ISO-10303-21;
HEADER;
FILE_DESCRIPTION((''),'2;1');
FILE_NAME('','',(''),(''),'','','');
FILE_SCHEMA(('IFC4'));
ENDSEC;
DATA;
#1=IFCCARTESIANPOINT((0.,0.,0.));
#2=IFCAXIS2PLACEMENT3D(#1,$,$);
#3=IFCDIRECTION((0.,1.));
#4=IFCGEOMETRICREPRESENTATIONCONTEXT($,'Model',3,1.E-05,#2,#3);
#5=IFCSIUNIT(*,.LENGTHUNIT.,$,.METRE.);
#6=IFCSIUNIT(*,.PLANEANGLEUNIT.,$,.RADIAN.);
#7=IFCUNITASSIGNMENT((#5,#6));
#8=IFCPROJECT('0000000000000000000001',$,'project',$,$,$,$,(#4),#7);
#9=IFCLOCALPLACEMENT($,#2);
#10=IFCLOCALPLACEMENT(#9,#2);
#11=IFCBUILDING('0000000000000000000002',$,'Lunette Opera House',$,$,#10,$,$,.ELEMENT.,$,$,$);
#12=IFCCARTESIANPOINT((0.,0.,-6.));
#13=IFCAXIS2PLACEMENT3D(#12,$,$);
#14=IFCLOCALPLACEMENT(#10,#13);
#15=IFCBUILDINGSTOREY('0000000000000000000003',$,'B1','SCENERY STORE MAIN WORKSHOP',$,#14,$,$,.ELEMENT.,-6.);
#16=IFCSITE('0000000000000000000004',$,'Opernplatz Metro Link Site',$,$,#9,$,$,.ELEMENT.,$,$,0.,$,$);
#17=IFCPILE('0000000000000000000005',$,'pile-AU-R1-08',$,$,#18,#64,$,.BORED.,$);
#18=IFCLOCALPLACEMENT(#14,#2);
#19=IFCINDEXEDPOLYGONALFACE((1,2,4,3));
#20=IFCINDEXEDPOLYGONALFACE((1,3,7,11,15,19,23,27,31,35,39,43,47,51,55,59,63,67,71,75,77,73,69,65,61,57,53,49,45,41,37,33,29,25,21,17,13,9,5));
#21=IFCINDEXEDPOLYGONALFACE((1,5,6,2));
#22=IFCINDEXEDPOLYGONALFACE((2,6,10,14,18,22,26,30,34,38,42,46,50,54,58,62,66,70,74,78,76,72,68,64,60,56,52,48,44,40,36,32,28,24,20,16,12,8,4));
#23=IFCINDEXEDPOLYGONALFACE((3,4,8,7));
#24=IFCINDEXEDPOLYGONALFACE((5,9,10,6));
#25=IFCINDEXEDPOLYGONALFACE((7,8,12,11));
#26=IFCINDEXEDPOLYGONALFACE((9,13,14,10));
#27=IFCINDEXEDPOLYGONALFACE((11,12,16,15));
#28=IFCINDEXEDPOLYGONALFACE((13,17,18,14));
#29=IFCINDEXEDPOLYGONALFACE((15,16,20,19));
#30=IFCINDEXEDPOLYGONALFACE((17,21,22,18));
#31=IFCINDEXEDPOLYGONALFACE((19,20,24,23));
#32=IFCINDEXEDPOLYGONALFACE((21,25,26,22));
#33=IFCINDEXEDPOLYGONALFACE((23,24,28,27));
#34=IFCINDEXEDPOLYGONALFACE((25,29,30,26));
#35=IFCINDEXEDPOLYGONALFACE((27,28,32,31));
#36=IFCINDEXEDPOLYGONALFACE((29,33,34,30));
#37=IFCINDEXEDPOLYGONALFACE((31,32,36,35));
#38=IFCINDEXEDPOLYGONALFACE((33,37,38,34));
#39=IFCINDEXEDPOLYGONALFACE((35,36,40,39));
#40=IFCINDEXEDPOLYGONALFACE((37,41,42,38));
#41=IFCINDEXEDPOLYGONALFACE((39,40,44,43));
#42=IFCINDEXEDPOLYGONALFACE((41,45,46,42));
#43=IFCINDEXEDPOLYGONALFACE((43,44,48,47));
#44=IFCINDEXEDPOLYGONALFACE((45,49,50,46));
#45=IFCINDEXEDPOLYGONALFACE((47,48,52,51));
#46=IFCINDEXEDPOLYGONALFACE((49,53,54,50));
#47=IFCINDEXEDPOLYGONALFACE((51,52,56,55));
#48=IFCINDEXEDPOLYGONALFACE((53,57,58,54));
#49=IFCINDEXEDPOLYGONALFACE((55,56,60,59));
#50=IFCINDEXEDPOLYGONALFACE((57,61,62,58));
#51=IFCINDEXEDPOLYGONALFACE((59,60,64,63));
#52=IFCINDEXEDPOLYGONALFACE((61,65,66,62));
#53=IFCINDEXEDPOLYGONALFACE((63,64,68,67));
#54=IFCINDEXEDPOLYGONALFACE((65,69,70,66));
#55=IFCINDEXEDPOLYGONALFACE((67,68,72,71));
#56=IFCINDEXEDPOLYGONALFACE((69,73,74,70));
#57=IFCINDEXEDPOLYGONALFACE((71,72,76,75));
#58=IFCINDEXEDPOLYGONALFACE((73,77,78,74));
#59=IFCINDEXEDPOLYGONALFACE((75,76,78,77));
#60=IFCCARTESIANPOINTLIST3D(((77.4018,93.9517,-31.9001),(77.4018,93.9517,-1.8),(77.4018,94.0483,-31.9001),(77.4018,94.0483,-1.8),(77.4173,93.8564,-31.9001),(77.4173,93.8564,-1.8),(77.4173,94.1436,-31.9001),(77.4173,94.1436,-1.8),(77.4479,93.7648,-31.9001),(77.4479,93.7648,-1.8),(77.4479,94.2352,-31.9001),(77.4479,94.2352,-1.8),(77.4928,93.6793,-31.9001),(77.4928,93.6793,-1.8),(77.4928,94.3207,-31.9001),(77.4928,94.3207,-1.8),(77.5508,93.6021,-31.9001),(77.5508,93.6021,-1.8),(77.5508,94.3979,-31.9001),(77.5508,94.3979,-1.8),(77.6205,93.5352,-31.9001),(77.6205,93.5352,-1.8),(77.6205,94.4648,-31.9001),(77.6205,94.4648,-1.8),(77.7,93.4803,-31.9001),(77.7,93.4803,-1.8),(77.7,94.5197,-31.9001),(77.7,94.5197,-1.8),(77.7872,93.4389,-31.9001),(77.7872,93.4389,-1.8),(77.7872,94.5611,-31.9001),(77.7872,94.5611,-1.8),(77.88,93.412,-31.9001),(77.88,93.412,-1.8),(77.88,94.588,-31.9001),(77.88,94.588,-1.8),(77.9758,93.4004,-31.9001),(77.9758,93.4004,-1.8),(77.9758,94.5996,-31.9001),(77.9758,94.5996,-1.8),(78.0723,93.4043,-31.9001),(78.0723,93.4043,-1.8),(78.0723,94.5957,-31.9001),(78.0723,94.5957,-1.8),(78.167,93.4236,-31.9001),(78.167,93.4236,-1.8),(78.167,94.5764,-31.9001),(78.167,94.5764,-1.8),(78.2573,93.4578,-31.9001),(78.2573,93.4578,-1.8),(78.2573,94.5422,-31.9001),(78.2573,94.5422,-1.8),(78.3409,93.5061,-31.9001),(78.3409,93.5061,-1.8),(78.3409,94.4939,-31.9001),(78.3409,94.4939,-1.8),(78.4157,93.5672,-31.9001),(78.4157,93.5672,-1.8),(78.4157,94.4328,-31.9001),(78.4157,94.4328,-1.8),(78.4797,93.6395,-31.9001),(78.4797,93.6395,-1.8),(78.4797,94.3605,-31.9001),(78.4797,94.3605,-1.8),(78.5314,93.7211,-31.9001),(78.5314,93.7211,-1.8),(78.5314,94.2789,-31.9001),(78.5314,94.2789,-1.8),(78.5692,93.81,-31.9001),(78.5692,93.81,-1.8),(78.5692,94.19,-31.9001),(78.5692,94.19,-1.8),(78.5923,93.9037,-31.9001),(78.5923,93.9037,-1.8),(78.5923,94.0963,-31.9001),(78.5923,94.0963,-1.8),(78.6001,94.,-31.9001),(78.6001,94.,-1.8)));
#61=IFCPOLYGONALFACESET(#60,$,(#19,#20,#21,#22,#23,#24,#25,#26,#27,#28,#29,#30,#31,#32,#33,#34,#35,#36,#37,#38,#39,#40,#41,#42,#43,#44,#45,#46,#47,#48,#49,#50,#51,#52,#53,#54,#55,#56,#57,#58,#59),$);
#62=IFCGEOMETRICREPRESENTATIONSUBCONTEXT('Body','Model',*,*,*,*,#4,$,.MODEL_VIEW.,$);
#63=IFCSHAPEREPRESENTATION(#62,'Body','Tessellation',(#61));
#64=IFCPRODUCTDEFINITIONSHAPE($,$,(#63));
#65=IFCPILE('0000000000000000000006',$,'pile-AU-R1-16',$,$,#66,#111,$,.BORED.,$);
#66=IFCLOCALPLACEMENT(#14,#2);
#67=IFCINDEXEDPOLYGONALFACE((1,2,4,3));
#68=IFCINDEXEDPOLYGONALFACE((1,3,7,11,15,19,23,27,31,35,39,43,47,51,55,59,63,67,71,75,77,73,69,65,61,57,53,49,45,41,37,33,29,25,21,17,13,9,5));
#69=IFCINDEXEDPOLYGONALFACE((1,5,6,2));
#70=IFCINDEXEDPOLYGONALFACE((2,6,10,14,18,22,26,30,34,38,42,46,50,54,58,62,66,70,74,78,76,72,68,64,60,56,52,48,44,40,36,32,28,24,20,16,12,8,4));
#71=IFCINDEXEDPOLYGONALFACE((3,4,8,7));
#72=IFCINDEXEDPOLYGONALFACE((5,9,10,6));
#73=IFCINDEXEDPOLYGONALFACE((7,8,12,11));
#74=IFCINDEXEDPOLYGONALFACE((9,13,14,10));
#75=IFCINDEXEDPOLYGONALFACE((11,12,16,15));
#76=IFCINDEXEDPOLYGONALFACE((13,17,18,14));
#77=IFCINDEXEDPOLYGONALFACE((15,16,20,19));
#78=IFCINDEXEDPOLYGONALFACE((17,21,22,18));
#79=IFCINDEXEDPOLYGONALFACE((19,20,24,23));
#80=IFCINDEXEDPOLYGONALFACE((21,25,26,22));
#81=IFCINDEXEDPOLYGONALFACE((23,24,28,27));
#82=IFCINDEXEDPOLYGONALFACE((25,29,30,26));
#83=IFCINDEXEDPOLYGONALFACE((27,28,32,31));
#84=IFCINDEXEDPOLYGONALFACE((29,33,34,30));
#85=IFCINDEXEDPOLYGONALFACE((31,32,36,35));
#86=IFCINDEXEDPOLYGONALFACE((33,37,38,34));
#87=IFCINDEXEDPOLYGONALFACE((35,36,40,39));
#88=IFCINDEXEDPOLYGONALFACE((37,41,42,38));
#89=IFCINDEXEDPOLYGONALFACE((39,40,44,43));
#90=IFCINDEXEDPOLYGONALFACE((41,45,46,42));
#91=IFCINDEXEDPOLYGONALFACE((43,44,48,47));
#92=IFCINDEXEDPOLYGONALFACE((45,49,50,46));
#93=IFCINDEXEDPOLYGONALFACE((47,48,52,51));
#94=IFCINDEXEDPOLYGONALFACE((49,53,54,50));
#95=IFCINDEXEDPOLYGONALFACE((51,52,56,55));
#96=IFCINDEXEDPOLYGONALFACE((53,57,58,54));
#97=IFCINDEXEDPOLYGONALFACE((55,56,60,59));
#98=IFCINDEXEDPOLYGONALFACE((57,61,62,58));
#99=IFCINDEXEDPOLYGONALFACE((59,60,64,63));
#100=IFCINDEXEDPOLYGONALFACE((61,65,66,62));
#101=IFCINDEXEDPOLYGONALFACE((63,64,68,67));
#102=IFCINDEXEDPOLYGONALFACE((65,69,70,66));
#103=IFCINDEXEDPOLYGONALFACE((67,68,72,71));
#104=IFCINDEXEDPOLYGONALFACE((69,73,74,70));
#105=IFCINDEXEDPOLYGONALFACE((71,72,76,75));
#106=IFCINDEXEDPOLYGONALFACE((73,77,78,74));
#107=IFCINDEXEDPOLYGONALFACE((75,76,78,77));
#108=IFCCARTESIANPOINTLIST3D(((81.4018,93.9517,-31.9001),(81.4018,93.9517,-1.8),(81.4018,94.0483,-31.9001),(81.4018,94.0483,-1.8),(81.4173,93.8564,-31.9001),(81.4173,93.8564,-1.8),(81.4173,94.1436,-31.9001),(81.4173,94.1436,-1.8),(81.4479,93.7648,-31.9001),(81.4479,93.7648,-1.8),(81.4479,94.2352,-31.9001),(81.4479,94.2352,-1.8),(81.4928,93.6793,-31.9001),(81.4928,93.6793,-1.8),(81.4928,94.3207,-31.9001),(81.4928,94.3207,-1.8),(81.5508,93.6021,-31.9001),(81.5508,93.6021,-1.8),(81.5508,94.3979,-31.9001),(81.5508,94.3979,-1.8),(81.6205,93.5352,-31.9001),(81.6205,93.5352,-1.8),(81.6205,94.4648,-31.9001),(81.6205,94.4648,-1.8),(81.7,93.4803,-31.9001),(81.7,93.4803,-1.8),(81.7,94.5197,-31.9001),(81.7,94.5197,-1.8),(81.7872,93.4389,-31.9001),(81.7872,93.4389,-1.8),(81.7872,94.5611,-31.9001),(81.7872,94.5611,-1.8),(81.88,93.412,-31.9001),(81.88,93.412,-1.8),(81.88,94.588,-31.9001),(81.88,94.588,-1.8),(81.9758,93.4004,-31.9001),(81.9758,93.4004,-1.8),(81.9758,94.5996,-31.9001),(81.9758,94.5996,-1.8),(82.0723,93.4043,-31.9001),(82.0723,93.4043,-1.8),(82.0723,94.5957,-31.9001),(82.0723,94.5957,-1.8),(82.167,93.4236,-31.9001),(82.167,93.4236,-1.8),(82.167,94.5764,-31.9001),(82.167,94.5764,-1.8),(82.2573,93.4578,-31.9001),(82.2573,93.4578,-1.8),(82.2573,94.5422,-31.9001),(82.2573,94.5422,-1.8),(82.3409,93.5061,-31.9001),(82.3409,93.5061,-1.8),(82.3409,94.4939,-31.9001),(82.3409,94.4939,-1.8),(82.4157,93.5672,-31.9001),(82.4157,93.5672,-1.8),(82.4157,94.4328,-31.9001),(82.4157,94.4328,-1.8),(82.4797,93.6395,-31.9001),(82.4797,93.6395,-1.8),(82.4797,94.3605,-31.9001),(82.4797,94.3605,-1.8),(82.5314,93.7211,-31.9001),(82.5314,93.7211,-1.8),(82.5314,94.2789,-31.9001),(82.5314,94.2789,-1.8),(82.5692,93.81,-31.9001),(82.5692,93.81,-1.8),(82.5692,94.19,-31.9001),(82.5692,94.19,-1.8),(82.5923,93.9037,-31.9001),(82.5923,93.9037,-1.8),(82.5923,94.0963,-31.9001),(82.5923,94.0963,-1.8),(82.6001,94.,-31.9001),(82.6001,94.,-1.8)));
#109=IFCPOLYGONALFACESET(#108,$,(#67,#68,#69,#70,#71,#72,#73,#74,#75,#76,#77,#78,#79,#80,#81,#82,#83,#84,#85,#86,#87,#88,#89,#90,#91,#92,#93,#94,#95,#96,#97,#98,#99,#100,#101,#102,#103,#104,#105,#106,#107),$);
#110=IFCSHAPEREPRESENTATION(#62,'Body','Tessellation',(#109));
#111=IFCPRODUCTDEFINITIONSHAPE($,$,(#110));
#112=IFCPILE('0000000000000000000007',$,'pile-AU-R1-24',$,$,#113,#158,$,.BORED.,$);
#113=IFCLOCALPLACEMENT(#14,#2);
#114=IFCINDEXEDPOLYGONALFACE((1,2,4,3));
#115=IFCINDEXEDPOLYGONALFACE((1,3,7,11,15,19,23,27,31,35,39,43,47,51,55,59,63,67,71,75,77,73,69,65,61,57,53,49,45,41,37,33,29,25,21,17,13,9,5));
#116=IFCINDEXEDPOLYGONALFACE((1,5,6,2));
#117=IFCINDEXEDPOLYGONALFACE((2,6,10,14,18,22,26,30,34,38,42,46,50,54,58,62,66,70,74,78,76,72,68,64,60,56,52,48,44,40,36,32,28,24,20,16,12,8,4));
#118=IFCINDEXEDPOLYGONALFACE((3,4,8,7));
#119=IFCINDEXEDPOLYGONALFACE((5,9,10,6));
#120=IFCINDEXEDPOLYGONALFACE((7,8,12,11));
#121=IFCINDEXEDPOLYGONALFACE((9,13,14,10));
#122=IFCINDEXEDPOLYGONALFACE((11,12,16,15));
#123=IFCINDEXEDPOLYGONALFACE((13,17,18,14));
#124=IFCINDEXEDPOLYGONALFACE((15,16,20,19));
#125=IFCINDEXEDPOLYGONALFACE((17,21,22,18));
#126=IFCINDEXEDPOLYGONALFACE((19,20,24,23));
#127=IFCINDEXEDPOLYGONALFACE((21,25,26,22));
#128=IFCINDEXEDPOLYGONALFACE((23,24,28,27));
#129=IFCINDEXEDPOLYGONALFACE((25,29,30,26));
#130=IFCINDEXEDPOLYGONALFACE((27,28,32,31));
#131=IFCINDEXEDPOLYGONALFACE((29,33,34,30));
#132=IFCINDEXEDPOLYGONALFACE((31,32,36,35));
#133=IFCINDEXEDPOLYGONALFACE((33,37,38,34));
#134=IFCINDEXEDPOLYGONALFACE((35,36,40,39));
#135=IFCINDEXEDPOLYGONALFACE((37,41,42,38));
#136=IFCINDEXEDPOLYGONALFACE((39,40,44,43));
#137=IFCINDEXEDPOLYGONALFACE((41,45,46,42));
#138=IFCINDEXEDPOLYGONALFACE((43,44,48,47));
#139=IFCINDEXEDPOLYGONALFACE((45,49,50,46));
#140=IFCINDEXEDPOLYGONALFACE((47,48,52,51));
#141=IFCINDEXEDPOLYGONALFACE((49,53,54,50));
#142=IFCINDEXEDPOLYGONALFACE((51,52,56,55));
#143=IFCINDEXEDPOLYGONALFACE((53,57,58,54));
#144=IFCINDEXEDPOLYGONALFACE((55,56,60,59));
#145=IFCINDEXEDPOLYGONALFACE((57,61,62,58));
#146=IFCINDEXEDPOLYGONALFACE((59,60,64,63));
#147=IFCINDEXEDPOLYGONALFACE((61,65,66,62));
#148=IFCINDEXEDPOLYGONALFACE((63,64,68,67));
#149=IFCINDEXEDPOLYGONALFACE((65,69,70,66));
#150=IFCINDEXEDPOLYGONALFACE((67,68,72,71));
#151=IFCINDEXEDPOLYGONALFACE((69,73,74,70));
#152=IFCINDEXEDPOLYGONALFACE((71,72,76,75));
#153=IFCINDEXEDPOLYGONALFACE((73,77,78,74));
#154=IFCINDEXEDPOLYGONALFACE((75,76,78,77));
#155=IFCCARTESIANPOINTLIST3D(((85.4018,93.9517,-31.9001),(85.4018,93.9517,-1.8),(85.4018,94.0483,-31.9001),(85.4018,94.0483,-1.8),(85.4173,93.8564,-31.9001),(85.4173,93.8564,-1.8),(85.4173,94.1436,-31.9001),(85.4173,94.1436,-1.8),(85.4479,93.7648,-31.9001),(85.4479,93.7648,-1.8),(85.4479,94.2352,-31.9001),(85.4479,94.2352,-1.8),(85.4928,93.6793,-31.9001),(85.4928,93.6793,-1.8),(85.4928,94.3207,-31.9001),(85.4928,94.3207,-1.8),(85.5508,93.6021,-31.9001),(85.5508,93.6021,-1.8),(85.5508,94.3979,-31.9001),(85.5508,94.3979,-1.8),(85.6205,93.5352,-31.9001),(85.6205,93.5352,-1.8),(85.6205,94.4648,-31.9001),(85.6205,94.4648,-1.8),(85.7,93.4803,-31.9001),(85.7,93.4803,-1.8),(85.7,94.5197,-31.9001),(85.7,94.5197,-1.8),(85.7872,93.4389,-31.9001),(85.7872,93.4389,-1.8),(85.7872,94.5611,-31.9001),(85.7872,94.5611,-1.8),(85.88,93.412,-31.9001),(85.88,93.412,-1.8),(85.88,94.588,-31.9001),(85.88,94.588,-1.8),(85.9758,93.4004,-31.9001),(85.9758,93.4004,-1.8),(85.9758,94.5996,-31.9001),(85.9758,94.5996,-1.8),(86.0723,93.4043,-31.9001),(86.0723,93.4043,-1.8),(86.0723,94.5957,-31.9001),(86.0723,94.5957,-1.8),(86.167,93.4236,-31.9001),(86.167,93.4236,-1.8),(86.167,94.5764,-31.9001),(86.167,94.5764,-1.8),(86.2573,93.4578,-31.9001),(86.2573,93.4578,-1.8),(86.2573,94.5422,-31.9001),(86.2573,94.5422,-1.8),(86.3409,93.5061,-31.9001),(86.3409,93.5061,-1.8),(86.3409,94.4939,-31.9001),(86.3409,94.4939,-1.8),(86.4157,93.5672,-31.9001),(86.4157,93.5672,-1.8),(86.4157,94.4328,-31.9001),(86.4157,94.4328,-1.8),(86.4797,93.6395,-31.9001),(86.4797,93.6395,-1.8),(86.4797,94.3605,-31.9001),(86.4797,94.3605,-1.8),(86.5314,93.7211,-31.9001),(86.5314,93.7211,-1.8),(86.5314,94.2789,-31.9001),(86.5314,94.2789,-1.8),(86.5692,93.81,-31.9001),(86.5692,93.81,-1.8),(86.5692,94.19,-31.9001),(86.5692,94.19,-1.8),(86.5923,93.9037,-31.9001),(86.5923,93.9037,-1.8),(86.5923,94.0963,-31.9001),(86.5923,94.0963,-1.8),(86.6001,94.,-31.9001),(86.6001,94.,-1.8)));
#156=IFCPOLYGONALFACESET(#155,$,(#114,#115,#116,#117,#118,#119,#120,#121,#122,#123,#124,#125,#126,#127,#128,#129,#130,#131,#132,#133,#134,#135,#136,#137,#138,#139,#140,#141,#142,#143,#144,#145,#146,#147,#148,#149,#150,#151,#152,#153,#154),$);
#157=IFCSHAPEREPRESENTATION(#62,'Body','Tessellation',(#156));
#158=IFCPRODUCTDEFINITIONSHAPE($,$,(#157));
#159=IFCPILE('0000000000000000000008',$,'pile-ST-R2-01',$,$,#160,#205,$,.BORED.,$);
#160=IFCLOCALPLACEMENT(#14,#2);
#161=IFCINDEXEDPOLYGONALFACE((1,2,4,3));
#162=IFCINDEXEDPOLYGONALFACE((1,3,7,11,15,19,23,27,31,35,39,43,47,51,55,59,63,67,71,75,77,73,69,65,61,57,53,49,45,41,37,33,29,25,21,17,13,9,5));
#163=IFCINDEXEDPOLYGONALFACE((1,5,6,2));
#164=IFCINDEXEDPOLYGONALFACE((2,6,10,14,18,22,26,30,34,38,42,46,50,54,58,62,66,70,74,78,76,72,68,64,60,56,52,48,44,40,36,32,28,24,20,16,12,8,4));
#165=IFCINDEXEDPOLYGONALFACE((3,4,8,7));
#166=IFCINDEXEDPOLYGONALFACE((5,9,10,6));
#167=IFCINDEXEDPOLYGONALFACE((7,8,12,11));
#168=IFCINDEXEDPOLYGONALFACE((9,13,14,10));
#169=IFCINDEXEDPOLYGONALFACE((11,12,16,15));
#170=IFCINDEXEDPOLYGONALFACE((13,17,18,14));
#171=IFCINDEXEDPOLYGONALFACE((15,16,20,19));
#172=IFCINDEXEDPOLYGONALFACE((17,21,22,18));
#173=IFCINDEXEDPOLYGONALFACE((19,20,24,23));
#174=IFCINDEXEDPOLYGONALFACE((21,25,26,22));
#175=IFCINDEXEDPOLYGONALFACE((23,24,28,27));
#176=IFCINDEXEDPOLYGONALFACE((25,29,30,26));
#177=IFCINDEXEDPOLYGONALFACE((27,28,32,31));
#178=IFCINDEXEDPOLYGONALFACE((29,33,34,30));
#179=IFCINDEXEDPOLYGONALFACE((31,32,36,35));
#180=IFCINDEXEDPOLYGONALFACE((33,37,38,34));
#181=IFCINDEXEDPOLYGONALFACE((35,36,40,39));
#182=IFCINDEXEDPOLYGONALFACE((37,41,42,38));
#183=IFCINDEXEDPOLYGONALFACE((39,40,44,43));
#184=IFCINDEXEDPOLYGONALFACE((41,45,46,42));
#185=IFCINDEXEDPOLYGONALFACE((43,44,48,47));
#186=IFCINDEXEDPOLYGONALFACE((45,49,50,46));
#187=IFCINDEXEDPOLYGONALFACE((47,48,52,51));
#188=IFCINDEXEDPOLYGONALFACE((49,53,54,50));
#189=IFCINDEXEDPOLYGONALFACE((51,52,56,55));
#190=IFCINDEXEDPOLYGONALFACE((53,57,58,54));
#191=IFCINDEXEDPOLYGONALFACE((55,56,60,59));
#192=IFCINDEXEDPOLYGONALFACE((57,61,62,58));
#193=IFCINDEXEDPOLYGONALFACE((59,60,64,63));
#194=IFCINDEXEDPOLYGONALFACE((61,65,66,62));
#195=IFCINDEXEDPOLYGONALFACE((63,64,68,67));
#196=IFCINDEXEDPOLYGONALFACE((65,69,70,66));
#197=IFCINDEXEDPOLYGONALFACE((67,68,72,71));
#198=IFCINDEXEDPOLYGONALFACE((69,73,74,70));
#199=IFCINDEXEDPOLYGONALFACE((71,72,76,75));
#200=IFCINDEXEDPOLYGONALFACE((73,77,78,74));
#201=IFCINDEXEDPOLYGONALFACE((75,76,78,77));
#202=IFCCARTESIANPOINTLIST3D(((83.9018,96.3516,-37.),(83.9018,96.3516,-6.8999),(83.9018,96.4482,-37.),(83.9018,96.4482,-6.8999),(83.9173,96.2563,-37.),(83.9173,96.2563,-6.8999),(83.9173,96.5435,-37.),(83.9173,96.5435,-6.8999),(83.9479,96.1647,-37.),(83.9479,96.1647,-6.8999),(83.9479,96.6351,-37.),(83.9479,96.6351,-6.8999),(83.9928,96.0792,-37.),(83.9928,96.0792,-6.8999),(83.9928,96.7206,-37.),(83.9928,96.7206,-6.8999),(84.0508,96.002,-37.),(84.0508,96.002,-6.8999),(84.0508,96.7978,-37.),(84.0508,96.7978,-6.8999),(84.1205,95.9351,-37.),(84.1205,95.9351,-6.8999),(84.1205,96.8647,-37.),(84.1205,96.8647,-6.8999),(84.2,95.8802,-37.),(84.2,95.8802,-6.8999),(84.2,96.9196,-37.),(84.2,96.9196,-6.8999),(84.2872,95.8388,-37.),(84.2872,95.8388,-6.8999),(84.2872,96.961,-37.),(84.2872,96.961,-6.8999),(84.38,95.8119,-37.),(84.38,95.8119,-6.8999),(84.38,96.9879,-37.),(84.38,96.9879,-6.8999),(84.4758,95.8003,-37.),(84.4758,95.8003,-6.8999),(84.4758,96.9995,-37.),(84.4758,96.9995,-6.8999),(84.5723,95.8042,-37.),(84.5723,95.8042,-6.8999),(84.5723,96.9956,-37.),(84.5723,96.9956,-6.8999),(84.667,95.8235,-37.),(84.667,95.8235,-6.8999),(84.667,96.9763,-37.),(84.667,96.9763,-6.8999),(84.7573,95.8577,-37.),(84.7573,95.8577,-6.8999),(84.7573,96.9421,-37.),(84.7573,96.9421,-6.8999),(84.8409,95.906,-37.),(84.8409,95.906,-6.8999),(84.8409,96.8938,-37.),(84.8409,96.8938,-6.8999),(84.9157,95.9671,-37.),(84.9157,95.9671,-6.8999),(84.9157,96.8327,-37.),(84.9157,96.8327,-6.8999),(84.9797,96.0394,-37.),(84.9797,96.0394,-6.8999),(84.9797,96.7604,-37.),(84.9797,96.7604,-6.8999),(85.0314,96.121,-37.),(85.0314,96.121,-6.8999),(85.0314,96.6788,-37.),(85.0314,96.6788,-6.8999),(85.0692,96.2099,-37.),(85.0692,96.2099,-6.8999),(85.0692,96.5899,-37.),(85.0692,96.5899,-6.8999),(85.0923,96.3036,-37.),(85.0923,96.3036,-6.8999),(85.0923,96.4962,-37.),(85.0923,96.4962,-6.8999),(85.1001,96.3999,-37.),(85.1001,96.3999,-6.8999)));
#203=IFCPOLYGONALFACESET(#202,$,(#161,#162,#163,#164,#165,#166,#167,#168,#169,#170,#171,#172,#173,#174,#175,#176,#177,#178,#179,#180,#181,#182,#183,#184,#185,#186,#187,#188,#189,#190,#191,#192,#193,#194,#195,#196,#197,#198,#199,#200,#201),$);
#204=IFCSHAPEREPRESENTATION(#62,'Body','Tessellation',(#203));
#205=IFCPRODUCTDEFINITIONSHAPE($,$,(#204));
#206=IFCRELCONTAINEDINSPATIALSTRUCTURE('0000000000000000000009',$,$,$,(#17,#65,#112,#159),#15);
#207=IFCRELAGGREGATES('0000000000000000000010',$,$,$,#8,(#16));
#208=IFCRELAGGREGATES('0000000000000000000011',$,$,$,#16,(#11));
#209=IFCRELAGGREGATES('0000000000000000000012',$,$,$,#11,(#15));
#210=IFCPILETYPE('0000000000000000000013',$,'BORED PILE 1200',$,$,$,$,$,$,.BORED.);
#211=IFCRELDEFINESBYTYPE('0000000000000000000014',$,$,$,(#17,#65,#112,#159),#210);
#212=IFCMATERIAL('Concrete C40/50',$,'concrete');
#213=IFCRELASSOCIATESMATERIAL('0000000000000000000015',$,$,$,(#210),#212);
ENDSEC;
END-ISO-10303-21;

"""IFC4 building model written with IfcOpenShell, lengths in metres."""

from ifc_helpers import new_model, si_unit, direction, frame, origin, origin_2d, place, context, subcontext, project, spatial, circle, extrude, material, material_profile, profile_set, type_object, element, save


model = new_model("IFC4")

# Units and contexts
model_context = context("Model", 3, precision=1e-05, world=origin(), true_north=direction((0.0, 1.0)))
body_context = subcontext(model_context, "Body", "Model", "MODEL_VIEW")
ifc_project = project(units=[si_unit("LENGTHUNIT", "METRE"), si_unit("PLANEANGLEUNIT", "RADIAN")], contexts=[model_context])

# Site, building, storey
site_placement = place(None, origin())
site = spatial("IfcSite", under=ifc_project, at=site_placement, Name="Opernplatz Metro Link Site", CompositionType="ELEMENT", RefElevation=0.0)
building_placement = place(site_placement, origin())
building = spatial("IfcBuilding", under=site, at=building_placement, Name="Lunette Opera House", CompositionType="ELEMENT")
storey_placement = place(building_placement, frame((0.0, 0.0, -6.0)))
storey = spatial("IfcBuildingStorey", under=building, at=storey_placement, Name="B1", Description="SCENERY STORE MAIN WORKSHOP", CompositionType="ELEMENT", Elevation=-6.0)

# Piles
ifc_material_1 = material(Name="Concrete C40/50", Category="concrete")
ifc_material_profile_1 = material_profile(ifc_material_1, circle(Radius=0.6001, at=origin_2d()), Name="BORED PILE 1200")
ifc_profile_set_1 = profile_set([ifc_material_profile_1], Name="Concrete C40/50")
pile_type = type_object("IfcPileType", Name="BORED PILE 1200", PredefinedType="BORED", material=ifc_profile_set_1)
for number, where, z_axis, x_axis, name in (
    (1, (78.0, 94.0, -1.8), (0.0, 0.0, -1.0), (1.0, 0.0, 0.0), "pile-AU-R1-08"),
    (2, (82.0, 94.0, -1.8), (0.0, 0.0, -1.0), (1.0, 0.0, 0.0), "pile-AU-R1-16"),
    (3, (86.0, 94.0, -1.8), (0.0, 0.0, -1.0), (1.0, 0.0, 0.0), "pile-AU-R1-24"),
    (4, (84.5, 96.3999, -6.8999), (0.0, 0.0, -1.0), (1.0, 0.0, 0.0), "pile-ST-R2-01"),
):
    element("IfcPile", number, at=place(storey_placement, frame(where, z_axis=z_axis, x_axis=x_axis)), inside=storey, type_object=pile_type, Name=name, PredefinedType="BORED", context=body_context, shape_type="SweptSolid", body=[
        extrude(circle(Radius=0.6001, at=origin_2d()), origin(), (0.0, 0.0, 1.0), 30.1001),
    ])

save(model, "model.ifc")
